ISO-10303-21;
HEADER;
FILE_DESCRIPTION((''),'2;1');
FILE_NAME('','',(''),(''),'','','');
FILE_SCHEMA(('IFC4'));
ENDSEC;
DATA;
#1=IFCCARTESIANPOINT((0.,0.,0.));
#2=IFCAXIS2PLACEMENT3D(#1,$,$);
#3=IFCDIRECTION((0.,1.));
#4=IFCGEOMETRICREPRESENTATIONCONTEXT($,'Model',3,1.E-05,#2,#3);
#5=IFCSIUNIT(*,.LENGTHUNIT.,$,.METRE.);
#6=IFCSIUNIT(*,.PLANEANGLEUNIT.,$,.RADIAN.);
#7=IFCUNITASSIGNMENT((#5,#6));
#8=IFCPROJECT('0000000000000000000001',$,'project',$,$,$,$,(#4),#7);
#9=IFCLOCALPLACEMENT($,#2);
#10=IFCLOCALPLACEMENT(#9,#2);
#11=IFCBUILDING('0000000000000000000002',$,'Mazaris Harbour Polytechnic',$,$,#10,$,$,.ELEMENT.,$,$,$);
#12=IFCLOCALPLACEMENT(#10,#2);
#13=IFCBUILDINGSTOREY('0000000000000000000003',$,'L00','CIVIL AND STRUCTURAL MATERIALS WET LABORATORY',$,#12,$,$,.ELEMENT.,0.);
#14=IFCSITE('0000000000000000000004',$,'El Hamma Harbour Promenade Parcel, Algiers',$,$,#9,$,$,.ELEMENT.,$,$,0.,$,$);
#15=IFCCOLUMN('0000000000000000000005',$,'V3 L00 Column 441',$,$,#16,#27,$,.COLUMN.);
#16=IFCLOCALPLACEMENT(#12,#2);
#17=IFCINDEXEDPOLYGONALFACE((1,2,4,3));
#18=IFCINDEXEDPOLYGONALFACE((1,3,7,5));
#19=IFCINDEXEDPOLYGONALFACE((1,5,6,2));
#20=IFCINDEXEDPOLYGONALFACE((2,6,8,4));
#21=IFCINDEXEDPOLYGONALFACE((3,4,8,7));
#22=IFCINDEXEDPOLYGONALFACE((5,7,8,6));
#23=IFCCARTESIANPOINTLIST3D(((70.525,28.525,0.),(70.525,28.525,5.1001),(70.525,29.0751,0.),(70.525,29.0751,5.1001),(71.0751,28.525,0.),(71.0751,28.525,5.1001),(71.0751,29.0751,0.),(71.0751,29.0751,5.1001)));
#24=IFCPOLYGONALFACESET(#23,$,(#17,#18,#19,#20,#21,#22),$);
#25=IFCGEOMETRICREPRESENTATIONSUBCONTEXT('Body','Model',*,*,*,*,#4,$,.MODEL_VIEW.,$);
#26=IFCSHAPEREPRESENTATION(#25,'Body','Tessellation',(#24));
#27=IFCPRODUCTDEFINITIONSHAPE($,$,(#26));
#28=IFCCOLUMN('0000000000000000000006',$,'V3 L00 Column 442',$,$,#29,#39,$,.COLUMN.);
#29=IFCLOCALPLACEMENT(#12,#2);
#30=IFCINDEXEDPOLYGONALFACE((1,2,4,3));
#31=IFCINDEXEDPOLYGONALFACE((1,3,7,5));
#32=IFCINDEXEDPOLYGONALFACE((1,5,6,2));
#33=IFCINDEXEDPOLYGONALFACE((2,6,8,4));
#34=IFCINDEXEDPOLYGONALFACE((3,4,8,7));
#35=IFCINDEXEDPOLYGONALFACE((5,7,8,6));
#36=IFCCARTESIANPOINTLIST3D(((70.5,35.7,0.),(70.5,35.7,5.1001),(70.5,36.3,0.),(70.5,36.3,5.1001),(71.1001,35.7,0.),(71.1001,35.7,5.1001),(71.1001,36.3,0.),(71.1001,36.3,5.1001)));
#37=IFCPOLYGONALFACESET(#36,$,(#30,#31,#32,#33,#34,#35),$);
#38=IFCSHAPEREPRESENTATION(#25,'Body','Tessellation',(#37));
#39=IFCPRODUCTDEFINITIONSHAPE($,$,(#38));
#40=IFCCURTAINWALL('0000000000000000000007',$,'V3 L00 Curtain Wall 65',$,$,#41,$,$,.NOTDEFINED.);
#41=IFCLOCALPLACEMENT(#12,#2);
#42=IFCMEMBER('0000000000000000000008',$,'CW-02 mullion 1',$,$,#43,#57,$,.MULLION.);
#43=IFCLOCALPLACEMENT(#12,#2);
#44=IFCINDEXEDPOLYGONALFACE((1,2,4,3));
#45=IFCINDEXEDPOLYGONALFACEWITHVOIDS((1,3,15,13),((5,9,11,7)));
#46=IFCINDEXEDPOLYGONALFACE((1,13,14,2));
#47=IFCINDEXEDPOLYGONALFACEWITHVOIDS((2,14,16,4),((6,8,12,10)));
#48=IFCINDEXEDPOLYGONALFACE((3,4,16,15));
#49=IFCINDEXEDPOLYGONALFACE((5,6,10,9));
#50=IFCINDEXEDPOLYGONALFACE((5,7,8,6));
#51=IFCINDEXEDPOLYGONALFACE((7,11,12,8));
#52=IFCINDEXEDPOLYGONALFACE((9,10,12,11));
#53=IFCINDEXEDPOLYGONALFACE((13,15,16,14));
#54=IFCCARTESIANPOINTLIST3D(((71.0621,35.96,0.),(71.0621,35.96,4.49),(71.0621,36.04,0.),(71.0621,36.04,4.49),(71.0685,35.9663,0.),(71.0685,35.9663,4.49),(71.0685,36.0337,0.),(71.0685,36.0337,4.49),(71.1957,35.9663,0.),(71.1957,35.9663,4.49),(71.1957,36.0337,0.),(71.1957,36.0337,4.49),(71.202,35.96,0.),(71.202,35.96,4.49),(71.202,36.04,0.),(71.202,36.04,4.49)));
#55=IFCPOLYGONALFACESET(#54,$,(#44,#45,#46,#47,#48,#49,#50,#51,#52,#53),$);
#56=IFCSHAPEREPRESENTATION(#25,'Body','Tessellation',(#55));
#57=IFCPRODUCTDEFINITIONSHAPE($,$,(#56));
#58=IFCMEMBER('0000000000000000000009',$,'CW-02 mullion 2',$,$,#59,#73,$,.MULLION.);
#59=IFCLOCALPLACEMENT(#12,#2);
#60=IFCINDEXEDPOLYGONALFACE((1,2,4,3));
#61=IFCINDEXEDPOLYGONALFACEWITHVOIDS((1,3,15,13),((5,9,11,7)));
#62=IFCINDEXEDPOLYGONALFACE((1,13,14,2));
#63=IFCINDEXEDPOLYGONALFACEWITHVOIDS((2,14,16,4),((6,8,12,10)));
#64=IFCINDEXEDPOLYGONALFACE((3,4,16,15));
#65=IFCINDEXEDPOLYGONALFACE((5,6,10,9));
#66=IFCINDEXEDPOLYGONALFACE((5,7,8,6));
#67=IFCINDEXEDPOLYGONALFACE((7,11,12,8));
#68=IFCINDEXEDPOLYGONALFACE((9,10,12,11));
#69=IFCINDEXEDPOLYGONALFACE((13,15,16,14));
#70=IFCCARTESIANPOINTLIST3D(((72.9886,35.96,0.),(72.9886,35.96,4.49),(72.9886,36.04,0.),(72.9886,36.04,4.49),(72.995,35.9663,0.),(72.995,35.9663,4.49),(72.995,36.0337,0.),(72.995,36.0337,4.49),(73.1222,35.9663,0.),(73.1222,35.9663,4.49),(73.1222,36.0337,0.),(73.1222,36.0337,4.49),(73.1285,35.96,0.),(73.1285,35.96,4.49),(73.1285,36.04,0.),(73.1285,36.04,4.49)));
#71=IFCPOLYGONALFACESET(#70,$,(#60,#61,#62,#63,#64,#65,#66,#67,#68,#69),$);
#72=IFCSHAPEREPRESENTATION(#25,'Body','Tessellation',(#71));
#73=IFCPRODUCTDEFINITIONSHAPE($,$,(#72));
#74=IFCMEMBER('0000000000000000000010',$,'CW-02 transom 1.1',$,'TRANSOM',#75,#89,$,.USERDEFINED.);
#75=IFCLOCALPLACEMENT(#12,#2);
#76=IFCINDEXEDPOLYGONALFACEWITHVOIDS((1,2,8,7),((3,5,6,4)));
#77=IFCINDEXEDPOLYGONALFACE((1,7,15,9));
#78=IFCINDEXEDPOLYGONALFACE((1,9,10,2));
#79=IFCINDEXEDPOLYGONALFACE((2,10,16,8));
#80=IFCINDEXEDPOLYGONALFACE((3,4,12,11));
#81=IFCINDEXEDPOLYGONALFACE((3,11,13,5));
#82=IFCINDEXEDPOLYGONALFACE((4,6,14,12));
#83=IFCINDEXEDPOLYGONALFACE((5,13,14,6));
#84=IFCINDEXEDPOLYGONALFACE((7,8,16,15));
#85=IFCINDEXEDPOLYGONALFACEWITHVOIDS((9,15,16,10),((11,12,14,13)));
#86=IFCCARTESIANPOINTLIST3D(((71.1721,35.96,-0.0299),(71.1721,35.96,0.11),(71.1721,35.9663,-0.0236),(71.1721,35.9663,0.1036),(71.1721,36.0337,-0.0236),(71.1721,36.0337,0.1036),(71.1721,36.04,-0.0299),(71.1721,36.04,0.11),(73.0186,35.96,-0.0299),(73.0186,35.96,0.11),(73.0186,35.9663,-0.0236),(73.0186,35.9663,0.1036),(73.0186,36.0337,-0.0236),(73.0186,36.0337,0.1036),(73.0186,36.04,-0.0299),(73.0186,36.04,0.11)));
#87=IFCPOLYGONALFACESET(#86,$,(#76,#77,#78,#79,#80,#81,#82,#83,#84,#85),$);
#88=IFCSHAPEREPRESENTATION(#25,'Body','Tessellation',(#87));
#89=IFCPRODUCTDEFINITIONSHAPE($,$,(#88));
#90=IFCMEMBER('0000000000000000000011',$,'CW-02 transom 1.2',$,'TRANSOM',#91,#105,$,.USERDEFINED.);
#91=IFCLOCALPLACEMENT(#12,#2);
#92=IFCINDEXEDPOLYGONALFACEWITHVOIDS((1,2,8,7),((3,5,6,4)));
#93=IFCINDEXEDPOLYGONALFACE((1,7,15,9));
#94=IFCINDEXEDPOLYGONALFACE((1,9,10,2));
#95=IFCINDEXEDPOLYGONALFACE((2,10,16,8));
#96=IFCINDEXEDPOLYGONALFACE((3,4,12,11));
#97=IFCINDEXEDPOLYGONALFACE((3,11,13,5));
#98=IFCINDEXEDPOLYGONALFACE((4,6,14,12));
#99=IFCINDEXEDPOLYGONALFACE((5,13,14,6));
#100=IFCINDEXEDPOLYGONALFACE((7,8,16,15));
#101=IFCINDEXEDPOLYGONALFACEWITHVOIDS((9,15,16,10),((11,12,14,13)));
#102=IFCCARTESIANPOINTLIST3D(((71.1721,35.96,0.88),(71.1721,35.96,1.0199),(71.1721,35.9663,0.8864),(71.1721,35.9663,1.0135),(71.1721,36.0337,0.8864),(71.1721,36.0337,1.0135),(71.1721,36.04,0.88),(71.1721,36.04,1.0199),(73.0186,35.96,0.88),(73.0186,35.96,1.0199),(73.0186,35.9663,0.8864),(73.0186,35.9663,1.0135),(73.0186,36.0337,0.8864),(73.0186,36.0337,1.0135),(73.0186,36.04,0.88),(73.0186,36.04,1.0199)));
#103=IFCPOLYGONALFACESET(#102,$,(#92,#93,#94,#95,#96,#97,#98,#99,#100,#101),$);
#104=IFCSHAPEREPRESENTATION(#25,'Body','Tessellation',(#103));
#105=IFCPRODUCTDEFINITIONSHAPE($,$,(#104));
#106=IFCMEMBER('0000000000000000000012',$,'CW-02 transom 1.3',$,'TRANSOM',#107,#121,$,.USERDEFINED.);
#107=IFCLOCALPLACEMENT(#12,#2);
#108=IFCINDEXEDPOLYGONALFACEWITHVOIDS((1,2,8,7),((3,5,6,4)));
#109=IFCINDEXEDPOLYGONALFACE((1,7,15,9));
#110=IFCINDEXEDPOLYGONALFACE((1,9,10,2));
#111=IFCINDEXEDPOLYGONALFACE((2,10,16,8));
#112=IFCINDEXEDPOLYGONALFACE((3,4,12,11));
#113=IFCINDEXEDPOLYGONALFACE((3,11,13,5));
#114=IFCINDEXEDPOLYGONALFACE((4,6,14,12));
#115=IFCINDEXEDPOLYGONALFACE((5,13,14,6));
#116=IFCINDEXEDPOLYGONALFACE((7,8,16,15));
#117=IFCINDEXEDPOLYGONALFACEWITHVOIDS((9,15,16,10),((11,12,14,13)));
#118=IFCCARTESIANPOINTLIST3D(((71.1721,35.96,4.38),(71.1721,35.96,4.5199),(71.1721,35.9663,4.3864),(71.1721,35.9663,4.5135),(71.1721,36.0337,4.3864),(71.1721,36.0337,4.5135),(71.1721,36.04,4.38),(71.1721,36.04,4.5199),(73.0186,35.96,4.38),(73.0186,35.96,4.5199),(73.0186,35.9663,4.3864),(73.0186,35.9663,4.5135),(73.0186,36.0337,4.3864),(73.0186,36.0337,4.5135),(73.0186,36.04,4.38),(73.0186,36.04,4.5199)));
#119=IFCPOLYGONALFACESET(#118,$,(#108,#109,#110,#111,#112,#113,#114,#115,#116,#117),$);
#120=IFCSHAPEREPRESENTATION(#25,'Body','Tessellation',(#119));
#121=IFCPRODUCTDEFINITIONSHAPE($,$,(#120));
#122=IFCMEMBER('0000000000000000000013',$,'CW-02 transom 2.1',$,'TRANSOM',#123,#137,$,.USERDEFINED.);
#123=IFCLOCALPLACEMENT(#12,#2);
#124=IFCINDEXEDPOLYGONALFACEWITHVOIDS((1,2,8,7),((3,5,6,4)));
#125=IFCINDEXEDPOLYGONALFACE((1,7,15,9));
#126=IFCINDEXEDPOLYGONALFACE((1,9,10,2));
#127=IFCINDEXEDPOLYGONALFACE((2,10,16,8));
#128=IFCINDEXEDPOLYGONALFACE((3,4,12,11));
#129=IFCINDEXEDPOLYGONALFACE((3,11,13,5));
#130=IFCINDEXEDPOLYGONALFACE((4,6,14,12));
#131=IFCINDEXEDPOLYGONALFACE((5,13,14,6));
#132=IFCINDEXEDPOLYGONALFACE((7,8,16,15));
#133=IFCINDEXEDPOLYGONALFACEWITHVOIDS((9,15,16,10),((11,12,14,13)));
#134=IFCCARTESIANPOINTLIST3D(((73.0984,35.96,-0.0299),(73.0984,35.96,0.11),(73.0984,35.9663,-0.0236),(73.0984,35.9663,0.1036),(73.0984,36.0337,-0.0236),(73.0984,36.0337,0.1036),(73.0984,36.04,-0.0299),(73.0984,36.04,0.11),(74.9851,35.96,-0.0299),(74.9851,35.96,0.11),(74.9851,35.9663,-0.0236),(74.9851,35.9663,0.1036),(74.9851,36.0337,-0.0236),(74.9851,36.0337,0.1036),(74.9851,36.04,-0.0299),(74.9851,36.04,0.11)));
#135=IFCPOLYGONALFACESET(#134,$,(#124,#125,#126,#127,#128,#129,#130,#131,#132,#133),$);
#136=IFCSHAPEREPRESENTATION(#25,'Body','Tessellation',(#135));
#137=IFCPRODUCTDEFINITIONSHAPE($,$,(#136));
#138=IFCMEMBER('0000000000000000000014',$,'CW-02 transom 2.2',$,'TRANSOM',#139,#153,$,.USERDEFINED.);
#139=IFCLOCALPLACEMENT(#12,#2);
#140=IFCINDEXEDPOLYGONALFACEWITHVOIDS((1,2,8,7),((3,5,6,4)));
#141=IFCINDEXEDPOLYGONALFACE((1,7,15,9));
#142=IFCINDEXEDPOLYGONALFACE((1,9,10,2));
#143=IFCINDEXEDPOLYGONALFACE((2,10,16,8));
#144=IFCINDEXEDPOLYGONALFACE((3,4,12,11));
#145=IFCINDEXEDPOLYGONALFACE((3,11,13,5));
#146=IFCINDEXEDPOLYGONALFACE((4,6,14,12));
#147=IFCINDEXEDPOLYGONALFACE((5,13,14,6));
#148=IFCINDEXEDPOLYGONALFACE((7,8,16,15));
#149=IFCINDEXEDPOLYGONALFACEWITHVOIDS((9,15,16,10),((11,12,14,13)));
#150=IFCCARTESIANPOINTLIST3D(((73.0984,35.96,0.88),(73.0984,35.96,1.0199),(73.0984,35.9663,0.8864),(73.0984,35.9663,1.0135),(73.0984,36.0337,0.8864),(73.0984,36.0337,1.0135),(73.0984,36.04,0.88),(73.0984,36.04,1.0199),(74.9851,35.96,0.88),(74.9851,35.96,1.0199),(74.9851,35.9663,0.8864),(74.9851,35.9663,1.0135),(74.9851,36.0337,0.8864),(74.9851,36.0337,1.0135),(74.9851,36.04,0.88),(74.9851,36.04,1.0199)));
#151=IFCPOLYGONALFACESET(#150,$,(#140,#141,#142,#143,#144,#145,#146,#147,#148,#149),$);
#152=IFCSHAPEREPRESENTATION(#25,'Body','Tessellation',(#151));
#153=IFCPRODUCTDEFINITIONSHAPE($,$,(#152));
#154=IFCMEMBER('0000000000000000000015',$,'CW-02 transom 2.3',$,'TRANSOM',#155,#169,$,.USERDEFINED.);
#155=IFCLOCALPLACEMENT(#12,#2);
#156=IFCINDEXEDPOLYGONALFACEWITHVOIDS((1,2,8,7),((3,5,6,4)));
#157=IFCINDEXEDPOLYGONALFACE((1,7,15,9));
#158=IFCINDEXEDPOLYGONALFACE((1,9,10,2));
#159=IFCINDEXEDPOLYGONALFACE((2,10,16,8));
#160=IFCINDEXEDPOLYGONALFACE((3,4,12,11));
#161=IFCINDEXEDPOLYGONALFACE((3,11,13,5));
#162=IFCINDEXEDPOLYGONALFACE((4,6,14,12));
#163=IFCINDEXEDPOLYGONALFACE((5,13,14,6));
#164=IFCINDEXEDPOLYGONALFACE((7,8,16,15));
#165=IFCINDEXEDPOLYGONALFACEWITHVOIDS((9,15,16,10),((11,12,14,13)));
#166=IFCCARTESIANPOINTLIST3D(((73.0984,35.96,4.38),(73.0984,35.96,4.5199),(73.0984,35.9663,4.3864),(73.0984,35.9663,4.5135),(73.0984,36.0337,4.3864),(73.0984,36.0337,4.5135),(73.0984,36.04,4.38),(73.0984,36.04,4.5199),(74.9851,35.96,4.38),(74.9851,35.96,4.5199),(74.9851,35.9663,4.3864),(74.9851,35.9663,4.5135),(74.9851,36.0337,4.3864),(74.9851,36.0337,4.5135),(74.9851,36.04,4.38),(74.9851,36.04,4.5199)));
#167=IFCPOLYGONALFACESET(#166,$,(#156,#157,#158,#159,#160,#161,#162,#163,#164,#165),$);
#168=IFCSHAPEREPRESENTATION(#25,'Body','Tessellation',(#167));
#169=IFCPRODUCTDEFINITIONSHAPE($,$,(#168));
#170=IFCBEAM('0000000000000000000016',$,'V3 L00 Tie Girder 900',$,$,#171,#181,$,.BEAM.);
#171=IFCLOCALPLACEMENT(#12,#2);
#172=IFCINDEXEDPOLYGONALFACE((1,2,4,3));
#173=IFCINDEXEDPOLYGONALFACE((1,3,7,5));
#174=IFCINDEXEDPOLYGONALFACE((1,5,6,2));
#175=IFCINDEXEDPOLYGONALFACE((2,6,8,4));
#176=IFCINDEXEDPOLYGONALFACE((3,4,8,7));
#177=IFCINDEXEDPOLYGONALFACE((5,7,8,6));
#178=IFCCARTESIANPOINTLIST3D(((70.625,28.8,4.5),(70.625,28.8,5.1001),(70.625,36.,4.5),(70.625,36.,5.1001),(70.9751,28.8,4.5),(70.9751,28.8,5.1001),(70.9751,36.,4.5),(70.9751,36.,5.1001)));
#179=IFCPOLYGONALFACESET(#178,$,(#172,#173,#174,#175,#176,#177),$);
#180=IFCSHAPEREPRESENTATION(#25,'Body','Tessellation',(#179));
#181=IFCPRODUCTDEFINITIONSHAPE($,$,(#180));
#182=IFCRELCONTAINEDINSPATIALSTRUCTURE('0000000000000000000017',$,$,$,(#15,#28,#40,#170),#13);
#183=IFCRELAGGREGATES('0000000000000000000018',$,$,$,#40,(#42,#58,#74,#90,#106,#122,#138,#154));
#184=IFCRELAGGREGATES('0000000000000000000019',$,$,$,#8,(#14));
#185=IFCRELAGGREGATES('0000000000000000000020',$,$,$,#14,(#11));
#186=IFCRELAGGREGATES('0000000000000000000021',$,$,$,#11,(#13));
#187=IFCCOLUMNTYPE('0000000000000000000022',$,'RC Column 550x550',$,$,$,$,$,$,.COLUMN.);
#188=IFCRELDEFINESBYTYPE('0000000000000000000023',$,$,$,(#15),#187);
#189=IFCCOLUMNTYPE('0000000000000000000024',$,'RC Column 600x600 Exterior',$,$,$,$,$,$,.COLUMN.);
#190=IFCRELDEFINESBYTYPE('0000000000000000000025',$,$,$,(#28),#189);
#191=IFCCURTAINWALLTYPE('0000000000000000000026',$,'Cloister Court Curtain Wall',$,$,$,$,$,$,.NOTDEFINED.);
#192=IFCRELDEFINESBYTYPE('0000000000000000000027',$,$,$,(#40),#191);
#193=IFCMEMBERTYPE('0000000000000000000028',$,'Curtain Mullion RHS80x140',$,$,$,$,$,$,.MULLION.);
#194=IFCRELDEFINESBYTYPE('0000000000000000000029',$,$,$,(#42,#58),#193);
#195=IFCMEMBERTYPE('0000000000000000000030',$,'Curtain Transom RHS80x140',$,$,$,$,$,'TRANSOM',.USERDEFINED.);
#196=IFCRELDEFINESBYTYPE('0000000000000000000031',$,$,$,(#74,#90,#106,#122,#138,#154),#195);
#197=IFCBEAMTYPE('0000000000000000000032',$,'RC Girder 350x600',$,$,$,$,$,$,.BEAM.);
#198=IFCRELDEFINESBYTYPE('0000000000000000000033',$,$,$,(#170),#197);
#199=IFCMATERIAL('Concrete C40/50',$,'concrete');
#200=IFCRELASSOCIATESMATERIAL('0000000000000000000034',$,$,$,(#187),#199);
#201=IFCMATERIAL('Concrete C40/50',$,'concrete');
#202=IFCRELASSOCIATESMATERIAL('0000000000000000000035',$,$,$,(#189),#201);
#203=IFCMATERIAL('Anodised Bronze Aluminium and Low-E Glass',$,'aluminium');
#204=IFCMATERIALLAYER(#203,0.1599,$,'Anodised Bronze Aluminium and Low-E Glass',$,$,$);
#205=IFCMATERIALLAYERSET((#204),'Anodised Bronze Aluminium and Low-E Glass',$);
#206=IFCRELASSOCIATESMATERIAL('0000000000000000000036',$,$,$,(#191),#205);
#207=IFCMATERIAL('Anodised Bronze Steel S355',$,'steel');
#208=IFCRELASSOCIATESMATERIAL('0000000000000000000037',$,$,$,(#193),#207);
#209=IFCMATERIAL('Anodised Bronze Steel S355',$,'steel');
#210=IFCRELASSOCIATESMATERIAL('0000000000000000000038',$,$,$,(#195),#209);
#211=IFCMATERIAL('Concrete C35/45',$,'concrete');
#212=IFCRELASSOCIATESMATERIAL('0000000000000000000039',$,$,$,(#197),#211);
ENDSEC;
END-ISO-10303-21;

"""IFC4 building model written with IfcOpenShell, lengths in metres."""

from ifc_helpers import new_model, si_unit, direction, frame, origin, origin_2d, place, context, subcontext, project, spatial, rectangle, hollow_rectangle, extrude, material, layer, layer_set, material_profile, profile_set, type_object, element, aggregate, save


model = new_model("IFC4")

# Units and contexts
model_context = context("Model", 3, precision=1e-05, world=origin(), true_north=direction((0.0, 1.0)))
body_context = subcontext(model_context, "Body", "Model", "MODEL_VIEW")
ifc_project = project(units=[si_unit("LENGTHUNIT", "METRE"), si_unit("PLANEANGLEUNIT", "RADIAN")], contexts=[model_context])

# Site, building, storey
site_placement = place(None, origin())
site = spatial("IfcSite", under=ifc_project, at=site_placement, Name="El Hamma Harbour Promenade Parcel, Algiers", CompositionType="ELEMENT", RefElevation=0.0)
building_placement = place(site_placement, origin())
building = spatial("IfcBuilding", under=site, at=building_placement, Name="Mazaris Harbour Polytechnic", CompositionType="ELEMENT")
storey_placement = place(building_placement, origin())
storey = spatial("IfcBuildingStorey", under=building, at=storey_placement, Name="L00", Description="CIVIL AND STRUCTURAL MATERIALS WET LABORATORY", CompositionType="ELEMENT", Elevation=0.0)

# Columns
ifc_material_1 = material(Name="Concrete C40/50", Category="concrete")
ifc_material_profile_1 = material_profile(ifc_material_1, rectangle(XDim=0.55, YDim=0.55, at=origin_2d()), Name="RECT550x550")
ifc_profile_set_1 = profile_set([ifc_material_profile_1], Name="Concrete C40/50")
column_type_1 = type_object("IfcColumnType", Name="RC Column 550x550", PredefinedType="COLUMN", material=ifc_profile_set_1)
column_1_placement = place(storey_placement, frame((70.8, 28.8, 0.0), z_axis=(0.0, 0.0, 1.0), x_axis=(1.0, 0.0, 0.0)))
element("IfcColumn", 1, at=column_1_placement, inside=storey, type_object=column_type_1, Name="V3 L00 Column 441", PredefinedType="COLUMN", context=body_context, shape_type="SweptSolid", body=[
    extrude(rectangle(XDim=0.55, YDim=0.55, at=origin_2d()), origin(), (0.0, 0.0, 1.0), 5.1001),
])
ifc_material_2 = material(Name="Concrete C40/50", Category="concrete")
ifc_material_profile_2 = material_profile(ifc_material_2, rectangle(XDim=0.6001, YDim=0.6001, at=origin_2d()), Name="RECT600x600")
ifc_profile_set_2 = profile_set([ifc_material_profile_2], Name="Concrete C40/50")
column_type_2 = type_object("IfcColumnType", Name="RC Column 600x600 Exterior", PredefinedType="COLUMN", material=ifc_profile_set_2)
column_2_placement = place(storey_placement, frame((70.8, 36.0, 0.0), z_axis=(0.0, 0.0, 1.0), x_axis=(1.0, 0.0, 0.0)))
element("IfcColumn", 2, at=column_2_placement, inside=storey, type_object=column_type_2, Name="V3 L00 Column 442", PredefinedType="COLUMN", context=body_context, shape_type="SweptSolid", body=[
    extrude(rectangle(XDim=0.6001, YDim=0.6001, at=origin_2d()), origin(), (0.0, 0.0, 1.0), 5.1001),
])

# Curtain wall, members
ifc_material_3 = material(Name="Anodised Bronze Aluminium and Low-E Glass", Category="aluminium")
ifc_layer_1 = layer(ifc_material_3, 0.1599, Name="Anodised Bronze Aluminium and Low-E Glass")
ifc_layer_set_1 = layer_set([ifc_layer_1], Name="Anodised Bronze Aluminium and Low-E Glass")
curtain_wall_type = type_object("IfcCurtainWallType", Name="Cloister Court Curtain Wall", PredefinedType="NOTDEFINED", material=ifc_layer_set_1)
curtain_wall_placement = place(storey_placement, origin())
curtain_wall = element("IfcCurtainWall", 3, at=curtain_wall_placement, inside=storey, type_object=curtain_wall_type, Name="V3 L00 Curtain Wall 65", PredefinedType="NOTDEFINED")
ifc_material_4 = material(Name="Anodised Bronze Steel S355", Category="steel")
ifc_material_profile_3 = material_profile(ifc_material_4, hollow_rectangle(XDim=0.0801, YDim=0.1399, WallThickness=0.0063, at=origin_2d()), Name="RHS 80x140x6.3")
ifc_profile_set_3 = profile_set([ifc_material_profile_3], Name="Anodised Bronze Steel S355")
member_type_1 = type_object("IfcMemberType", Name="Curtain Mullion RHS80x140", PredefinedType="MULLION", material=ifc_profile_set_3)
member_1_placement = place(storey_placement, frame((71.1321, 36.0, 0.0), z_axis=(0.0, 0.0, 1.0), x_axis=(0.0, 1.0, 0.0)))
member_1 = element("IfcMember", 4, at=member_1_placement, type_object=member_type_1, Name="CW-02 mullion 1", PredefinedType="MULLION", context=body_context, shape_type="SweptSolid", body=[
    extrude(hollow_rectangle(XDim=0.0801, YDim=0.1399, WallThickness=0.0063, at=origin_2d()), origin(), (0.0, 0.0, 1.0), 4.49),
])
member_2_placement = place(storey_placement, frame((73.0586, 36.0, 0.0), z_axis=(0.0, 0.0, 1.0), x_axis=(0.0, 1.0, 0.0)))
member_2 = element("IfcMember", 5, at=member_2_placement, type_object=member_type_1, Name="CW-02 mullion 2", PredefinedType="MULLION", context=body_context, shape_type="SweptSolid", body=[
    extrude(hollow_rectangle(XDim=0.0801, YDim=0.1399, WallThickness=0.0063, at=origin_2d()), origin(), (0.0, 0.0, 1.0), 4.49),
])
ifc_material_5 = material(Name="Anodised Bronze Steel S355", Category="steel")
ifc_material_profile_4 = material_profile(ifc_material_5, hollow_rectangle(XDim=0.0801, YDim=0.1399, WallThickness=0.0063, at=origin_2d()), Name="RHS 80x140x6.3")
ifc_profile_set_4 = profile_set([ifc_material_profile_4], Name="Anodised Bronze Steel S355")
member_type_2 = type_object("IfcMemberType", Name="Curtain Transom RHS80x140", ElementType="TRANSOM", PredefinedType="USERDEFINED", material=ifc_profile_set_4)
member_3_placement = place(storey_placement, frame((71.1721, 36.0, 0.04), z_axis=(1.0, 0.0, 0.0), x_axis=(0.0, 1.0, 0.0)))
member_3 = element("IfcMember", 6, at=member_3_placement, type_object=member_type_2, Name="CW-02 transom 1.1", ObjectType="TRANSOM", PredefinedType="USERDEFINED", context=body_context, shape_type="SweptSolid", body=[
    extrude(hollow_rectangle(XDim=0.0801, YDim=0.1399, WallThickness=0.0063, at=origin_2d()), origin(), (0.0, 0.0, 1.0), 1.8464),
])
member_4_placement = place(storey_placement, frame((71.1721, 36.0, 0.95), z_axis=(1.0, 0.0, 0.0), x_axis=(0.0, 1.0, 0.0)))
member_4 = element("IfcMember", 7, at=member_4_placement, type_object=member_type_2, Name="CW-02 transom 1.2", ObjectType="TRANSOM", PredefinedType="USERDEFINED", context=body_context, shape_type="SweptSolid", body=[
    extrude(hollow_rectangle(XDim=0.0801, YDim=0.1399, WallThickness=0.0063, at=origin_2d()), origin(), (0.0, 0.0, 1.0), 1.8464),
])
member_5_placement = place(storey_placement, frame((71.1721, 36.0, 4.45), z_axis=(1.0, 0.0, 0.0), x_axis=(0.0, 1.0, 0.0)))
member_5 = element("IfcMember", 8, at=member_5_placement, type_object=member_type_2, Name="CW-02 transom 1.3", ObjectType="TRANSOM", PredefinedType="USERDEFINED", context=body_context, shape_type="SweptSolid", body=[
    extrude(hollow_rectangle(XDim=0.0801, YDim=0.1399, WallThickness=0.0063, at=origin_2d()), origin(), (0.0, 0.0, 1.0), 1.8464),
])
member_6_placement = place(storey_placement, frame((73.0984, 36.0, 0.04), z_axis=(1.0, 0.0, 0.0), x_axis=(0.0, 1.0, 0.0)))
member_6 = element("IfcMember", 9, at=member_6_placement, type_object=member_type_2, Name="CW-02 transom 2.1", ObjectType="TRANSOM", PredefinedType="USERDEFINED", context=body_context, shape_type="SweptSolid", body=[
    extrude(hollow_rectangle(XDim=0.0801, YDim=0.1399, WallThickness=0.0063, at=origin_2d()), origin(), (0.0, 0.0, 1.0), 1.8867),
])
member_7_placement = place(storey_placement, frame((73.0984, 36.0, 0.95), z_axis=(1.0, 0.0, 0.0), x_axis=(0.0, 1.0, 0.0)))
member_7 = element("IfcMember", 10, at=member_7_placement, type_object=member_type_2, Name="CW-02 transom 2.2", ObjectType="TRANSOM", PredefinedType="USERDEFINED", context=body_context, shape_type="SweptSolid", body=[
    extrude(hollow_rectangle(XDim=0.0801, YDim=0.1399, WallThickness=0.0063, at=origin_2d()), origin(), (0.0, 0.0, 1.0), 1.8867),
])
member_8_placement = place(storey_placement, frame((73.0984, 36.0, 4.45), z_axis=(1.0, 0.0, 0.0), x_axis=(0.0, 1.0, 0.0)))
member_8 = element("IfcMember", 11, at=member_8_placement, type_object=member_type_2, Name="CW-02 transom 2.3", ObjectType="TRANSOM", PredefinedType="USERDEFINED", context=body_context, shape_type="SweptSolid", body=[
    extrude(hollow_rectangle(XDim=0.0801, YDim=0.1399, WallThickness=0.0063, at=origin_2d()), origin(), (0.0, 0.0, 1.0), 1.8867),
])

# Beam
ifc_material_6 = material(Name="Concrete C35/45", Category="concrete")
ifc_material_profile_5 = material_profile(ifc_material_6, rectangle(XDim=0.3501, YDim=0.6001, at=origin_2d()), Name="RECT350x600")
ifc_profile_set_5 = profile_set([ifc_material_profile_5], Name="Concrete C35/45")
beam_type_1 = type_object("IfcBeamType", Name="RC Girder 350x600", PredefinedType="BEAM", material=ifc_profile_set_5)
beam_1_placement = place(storey_placement, frame((70.8, 28.8, 4.8), z_axis=(0.0, 1.0, 0.0), x_axis=(-1.0, 0.0, 0.0)))
element("IfcBeam", 12, at=beam_1_placement, inside=storey, type_object=beam_type_1, Name="V3 L00 Tie Girder 900", PredefinedType="BEAM", context=body_context, shape_type="SweptSolid", body=[
    extrude(rectangle(XDim=0.3501, YDim=0.6001, at=origin_2d()), origin(), (0.0, 0.0, 1.0), 7.2),
])

aggregate(curtain_wall, [member_1, member_2, member_3, member_4, member_5, member_6, member_7, member_8])

save(model, "model.ifc")
